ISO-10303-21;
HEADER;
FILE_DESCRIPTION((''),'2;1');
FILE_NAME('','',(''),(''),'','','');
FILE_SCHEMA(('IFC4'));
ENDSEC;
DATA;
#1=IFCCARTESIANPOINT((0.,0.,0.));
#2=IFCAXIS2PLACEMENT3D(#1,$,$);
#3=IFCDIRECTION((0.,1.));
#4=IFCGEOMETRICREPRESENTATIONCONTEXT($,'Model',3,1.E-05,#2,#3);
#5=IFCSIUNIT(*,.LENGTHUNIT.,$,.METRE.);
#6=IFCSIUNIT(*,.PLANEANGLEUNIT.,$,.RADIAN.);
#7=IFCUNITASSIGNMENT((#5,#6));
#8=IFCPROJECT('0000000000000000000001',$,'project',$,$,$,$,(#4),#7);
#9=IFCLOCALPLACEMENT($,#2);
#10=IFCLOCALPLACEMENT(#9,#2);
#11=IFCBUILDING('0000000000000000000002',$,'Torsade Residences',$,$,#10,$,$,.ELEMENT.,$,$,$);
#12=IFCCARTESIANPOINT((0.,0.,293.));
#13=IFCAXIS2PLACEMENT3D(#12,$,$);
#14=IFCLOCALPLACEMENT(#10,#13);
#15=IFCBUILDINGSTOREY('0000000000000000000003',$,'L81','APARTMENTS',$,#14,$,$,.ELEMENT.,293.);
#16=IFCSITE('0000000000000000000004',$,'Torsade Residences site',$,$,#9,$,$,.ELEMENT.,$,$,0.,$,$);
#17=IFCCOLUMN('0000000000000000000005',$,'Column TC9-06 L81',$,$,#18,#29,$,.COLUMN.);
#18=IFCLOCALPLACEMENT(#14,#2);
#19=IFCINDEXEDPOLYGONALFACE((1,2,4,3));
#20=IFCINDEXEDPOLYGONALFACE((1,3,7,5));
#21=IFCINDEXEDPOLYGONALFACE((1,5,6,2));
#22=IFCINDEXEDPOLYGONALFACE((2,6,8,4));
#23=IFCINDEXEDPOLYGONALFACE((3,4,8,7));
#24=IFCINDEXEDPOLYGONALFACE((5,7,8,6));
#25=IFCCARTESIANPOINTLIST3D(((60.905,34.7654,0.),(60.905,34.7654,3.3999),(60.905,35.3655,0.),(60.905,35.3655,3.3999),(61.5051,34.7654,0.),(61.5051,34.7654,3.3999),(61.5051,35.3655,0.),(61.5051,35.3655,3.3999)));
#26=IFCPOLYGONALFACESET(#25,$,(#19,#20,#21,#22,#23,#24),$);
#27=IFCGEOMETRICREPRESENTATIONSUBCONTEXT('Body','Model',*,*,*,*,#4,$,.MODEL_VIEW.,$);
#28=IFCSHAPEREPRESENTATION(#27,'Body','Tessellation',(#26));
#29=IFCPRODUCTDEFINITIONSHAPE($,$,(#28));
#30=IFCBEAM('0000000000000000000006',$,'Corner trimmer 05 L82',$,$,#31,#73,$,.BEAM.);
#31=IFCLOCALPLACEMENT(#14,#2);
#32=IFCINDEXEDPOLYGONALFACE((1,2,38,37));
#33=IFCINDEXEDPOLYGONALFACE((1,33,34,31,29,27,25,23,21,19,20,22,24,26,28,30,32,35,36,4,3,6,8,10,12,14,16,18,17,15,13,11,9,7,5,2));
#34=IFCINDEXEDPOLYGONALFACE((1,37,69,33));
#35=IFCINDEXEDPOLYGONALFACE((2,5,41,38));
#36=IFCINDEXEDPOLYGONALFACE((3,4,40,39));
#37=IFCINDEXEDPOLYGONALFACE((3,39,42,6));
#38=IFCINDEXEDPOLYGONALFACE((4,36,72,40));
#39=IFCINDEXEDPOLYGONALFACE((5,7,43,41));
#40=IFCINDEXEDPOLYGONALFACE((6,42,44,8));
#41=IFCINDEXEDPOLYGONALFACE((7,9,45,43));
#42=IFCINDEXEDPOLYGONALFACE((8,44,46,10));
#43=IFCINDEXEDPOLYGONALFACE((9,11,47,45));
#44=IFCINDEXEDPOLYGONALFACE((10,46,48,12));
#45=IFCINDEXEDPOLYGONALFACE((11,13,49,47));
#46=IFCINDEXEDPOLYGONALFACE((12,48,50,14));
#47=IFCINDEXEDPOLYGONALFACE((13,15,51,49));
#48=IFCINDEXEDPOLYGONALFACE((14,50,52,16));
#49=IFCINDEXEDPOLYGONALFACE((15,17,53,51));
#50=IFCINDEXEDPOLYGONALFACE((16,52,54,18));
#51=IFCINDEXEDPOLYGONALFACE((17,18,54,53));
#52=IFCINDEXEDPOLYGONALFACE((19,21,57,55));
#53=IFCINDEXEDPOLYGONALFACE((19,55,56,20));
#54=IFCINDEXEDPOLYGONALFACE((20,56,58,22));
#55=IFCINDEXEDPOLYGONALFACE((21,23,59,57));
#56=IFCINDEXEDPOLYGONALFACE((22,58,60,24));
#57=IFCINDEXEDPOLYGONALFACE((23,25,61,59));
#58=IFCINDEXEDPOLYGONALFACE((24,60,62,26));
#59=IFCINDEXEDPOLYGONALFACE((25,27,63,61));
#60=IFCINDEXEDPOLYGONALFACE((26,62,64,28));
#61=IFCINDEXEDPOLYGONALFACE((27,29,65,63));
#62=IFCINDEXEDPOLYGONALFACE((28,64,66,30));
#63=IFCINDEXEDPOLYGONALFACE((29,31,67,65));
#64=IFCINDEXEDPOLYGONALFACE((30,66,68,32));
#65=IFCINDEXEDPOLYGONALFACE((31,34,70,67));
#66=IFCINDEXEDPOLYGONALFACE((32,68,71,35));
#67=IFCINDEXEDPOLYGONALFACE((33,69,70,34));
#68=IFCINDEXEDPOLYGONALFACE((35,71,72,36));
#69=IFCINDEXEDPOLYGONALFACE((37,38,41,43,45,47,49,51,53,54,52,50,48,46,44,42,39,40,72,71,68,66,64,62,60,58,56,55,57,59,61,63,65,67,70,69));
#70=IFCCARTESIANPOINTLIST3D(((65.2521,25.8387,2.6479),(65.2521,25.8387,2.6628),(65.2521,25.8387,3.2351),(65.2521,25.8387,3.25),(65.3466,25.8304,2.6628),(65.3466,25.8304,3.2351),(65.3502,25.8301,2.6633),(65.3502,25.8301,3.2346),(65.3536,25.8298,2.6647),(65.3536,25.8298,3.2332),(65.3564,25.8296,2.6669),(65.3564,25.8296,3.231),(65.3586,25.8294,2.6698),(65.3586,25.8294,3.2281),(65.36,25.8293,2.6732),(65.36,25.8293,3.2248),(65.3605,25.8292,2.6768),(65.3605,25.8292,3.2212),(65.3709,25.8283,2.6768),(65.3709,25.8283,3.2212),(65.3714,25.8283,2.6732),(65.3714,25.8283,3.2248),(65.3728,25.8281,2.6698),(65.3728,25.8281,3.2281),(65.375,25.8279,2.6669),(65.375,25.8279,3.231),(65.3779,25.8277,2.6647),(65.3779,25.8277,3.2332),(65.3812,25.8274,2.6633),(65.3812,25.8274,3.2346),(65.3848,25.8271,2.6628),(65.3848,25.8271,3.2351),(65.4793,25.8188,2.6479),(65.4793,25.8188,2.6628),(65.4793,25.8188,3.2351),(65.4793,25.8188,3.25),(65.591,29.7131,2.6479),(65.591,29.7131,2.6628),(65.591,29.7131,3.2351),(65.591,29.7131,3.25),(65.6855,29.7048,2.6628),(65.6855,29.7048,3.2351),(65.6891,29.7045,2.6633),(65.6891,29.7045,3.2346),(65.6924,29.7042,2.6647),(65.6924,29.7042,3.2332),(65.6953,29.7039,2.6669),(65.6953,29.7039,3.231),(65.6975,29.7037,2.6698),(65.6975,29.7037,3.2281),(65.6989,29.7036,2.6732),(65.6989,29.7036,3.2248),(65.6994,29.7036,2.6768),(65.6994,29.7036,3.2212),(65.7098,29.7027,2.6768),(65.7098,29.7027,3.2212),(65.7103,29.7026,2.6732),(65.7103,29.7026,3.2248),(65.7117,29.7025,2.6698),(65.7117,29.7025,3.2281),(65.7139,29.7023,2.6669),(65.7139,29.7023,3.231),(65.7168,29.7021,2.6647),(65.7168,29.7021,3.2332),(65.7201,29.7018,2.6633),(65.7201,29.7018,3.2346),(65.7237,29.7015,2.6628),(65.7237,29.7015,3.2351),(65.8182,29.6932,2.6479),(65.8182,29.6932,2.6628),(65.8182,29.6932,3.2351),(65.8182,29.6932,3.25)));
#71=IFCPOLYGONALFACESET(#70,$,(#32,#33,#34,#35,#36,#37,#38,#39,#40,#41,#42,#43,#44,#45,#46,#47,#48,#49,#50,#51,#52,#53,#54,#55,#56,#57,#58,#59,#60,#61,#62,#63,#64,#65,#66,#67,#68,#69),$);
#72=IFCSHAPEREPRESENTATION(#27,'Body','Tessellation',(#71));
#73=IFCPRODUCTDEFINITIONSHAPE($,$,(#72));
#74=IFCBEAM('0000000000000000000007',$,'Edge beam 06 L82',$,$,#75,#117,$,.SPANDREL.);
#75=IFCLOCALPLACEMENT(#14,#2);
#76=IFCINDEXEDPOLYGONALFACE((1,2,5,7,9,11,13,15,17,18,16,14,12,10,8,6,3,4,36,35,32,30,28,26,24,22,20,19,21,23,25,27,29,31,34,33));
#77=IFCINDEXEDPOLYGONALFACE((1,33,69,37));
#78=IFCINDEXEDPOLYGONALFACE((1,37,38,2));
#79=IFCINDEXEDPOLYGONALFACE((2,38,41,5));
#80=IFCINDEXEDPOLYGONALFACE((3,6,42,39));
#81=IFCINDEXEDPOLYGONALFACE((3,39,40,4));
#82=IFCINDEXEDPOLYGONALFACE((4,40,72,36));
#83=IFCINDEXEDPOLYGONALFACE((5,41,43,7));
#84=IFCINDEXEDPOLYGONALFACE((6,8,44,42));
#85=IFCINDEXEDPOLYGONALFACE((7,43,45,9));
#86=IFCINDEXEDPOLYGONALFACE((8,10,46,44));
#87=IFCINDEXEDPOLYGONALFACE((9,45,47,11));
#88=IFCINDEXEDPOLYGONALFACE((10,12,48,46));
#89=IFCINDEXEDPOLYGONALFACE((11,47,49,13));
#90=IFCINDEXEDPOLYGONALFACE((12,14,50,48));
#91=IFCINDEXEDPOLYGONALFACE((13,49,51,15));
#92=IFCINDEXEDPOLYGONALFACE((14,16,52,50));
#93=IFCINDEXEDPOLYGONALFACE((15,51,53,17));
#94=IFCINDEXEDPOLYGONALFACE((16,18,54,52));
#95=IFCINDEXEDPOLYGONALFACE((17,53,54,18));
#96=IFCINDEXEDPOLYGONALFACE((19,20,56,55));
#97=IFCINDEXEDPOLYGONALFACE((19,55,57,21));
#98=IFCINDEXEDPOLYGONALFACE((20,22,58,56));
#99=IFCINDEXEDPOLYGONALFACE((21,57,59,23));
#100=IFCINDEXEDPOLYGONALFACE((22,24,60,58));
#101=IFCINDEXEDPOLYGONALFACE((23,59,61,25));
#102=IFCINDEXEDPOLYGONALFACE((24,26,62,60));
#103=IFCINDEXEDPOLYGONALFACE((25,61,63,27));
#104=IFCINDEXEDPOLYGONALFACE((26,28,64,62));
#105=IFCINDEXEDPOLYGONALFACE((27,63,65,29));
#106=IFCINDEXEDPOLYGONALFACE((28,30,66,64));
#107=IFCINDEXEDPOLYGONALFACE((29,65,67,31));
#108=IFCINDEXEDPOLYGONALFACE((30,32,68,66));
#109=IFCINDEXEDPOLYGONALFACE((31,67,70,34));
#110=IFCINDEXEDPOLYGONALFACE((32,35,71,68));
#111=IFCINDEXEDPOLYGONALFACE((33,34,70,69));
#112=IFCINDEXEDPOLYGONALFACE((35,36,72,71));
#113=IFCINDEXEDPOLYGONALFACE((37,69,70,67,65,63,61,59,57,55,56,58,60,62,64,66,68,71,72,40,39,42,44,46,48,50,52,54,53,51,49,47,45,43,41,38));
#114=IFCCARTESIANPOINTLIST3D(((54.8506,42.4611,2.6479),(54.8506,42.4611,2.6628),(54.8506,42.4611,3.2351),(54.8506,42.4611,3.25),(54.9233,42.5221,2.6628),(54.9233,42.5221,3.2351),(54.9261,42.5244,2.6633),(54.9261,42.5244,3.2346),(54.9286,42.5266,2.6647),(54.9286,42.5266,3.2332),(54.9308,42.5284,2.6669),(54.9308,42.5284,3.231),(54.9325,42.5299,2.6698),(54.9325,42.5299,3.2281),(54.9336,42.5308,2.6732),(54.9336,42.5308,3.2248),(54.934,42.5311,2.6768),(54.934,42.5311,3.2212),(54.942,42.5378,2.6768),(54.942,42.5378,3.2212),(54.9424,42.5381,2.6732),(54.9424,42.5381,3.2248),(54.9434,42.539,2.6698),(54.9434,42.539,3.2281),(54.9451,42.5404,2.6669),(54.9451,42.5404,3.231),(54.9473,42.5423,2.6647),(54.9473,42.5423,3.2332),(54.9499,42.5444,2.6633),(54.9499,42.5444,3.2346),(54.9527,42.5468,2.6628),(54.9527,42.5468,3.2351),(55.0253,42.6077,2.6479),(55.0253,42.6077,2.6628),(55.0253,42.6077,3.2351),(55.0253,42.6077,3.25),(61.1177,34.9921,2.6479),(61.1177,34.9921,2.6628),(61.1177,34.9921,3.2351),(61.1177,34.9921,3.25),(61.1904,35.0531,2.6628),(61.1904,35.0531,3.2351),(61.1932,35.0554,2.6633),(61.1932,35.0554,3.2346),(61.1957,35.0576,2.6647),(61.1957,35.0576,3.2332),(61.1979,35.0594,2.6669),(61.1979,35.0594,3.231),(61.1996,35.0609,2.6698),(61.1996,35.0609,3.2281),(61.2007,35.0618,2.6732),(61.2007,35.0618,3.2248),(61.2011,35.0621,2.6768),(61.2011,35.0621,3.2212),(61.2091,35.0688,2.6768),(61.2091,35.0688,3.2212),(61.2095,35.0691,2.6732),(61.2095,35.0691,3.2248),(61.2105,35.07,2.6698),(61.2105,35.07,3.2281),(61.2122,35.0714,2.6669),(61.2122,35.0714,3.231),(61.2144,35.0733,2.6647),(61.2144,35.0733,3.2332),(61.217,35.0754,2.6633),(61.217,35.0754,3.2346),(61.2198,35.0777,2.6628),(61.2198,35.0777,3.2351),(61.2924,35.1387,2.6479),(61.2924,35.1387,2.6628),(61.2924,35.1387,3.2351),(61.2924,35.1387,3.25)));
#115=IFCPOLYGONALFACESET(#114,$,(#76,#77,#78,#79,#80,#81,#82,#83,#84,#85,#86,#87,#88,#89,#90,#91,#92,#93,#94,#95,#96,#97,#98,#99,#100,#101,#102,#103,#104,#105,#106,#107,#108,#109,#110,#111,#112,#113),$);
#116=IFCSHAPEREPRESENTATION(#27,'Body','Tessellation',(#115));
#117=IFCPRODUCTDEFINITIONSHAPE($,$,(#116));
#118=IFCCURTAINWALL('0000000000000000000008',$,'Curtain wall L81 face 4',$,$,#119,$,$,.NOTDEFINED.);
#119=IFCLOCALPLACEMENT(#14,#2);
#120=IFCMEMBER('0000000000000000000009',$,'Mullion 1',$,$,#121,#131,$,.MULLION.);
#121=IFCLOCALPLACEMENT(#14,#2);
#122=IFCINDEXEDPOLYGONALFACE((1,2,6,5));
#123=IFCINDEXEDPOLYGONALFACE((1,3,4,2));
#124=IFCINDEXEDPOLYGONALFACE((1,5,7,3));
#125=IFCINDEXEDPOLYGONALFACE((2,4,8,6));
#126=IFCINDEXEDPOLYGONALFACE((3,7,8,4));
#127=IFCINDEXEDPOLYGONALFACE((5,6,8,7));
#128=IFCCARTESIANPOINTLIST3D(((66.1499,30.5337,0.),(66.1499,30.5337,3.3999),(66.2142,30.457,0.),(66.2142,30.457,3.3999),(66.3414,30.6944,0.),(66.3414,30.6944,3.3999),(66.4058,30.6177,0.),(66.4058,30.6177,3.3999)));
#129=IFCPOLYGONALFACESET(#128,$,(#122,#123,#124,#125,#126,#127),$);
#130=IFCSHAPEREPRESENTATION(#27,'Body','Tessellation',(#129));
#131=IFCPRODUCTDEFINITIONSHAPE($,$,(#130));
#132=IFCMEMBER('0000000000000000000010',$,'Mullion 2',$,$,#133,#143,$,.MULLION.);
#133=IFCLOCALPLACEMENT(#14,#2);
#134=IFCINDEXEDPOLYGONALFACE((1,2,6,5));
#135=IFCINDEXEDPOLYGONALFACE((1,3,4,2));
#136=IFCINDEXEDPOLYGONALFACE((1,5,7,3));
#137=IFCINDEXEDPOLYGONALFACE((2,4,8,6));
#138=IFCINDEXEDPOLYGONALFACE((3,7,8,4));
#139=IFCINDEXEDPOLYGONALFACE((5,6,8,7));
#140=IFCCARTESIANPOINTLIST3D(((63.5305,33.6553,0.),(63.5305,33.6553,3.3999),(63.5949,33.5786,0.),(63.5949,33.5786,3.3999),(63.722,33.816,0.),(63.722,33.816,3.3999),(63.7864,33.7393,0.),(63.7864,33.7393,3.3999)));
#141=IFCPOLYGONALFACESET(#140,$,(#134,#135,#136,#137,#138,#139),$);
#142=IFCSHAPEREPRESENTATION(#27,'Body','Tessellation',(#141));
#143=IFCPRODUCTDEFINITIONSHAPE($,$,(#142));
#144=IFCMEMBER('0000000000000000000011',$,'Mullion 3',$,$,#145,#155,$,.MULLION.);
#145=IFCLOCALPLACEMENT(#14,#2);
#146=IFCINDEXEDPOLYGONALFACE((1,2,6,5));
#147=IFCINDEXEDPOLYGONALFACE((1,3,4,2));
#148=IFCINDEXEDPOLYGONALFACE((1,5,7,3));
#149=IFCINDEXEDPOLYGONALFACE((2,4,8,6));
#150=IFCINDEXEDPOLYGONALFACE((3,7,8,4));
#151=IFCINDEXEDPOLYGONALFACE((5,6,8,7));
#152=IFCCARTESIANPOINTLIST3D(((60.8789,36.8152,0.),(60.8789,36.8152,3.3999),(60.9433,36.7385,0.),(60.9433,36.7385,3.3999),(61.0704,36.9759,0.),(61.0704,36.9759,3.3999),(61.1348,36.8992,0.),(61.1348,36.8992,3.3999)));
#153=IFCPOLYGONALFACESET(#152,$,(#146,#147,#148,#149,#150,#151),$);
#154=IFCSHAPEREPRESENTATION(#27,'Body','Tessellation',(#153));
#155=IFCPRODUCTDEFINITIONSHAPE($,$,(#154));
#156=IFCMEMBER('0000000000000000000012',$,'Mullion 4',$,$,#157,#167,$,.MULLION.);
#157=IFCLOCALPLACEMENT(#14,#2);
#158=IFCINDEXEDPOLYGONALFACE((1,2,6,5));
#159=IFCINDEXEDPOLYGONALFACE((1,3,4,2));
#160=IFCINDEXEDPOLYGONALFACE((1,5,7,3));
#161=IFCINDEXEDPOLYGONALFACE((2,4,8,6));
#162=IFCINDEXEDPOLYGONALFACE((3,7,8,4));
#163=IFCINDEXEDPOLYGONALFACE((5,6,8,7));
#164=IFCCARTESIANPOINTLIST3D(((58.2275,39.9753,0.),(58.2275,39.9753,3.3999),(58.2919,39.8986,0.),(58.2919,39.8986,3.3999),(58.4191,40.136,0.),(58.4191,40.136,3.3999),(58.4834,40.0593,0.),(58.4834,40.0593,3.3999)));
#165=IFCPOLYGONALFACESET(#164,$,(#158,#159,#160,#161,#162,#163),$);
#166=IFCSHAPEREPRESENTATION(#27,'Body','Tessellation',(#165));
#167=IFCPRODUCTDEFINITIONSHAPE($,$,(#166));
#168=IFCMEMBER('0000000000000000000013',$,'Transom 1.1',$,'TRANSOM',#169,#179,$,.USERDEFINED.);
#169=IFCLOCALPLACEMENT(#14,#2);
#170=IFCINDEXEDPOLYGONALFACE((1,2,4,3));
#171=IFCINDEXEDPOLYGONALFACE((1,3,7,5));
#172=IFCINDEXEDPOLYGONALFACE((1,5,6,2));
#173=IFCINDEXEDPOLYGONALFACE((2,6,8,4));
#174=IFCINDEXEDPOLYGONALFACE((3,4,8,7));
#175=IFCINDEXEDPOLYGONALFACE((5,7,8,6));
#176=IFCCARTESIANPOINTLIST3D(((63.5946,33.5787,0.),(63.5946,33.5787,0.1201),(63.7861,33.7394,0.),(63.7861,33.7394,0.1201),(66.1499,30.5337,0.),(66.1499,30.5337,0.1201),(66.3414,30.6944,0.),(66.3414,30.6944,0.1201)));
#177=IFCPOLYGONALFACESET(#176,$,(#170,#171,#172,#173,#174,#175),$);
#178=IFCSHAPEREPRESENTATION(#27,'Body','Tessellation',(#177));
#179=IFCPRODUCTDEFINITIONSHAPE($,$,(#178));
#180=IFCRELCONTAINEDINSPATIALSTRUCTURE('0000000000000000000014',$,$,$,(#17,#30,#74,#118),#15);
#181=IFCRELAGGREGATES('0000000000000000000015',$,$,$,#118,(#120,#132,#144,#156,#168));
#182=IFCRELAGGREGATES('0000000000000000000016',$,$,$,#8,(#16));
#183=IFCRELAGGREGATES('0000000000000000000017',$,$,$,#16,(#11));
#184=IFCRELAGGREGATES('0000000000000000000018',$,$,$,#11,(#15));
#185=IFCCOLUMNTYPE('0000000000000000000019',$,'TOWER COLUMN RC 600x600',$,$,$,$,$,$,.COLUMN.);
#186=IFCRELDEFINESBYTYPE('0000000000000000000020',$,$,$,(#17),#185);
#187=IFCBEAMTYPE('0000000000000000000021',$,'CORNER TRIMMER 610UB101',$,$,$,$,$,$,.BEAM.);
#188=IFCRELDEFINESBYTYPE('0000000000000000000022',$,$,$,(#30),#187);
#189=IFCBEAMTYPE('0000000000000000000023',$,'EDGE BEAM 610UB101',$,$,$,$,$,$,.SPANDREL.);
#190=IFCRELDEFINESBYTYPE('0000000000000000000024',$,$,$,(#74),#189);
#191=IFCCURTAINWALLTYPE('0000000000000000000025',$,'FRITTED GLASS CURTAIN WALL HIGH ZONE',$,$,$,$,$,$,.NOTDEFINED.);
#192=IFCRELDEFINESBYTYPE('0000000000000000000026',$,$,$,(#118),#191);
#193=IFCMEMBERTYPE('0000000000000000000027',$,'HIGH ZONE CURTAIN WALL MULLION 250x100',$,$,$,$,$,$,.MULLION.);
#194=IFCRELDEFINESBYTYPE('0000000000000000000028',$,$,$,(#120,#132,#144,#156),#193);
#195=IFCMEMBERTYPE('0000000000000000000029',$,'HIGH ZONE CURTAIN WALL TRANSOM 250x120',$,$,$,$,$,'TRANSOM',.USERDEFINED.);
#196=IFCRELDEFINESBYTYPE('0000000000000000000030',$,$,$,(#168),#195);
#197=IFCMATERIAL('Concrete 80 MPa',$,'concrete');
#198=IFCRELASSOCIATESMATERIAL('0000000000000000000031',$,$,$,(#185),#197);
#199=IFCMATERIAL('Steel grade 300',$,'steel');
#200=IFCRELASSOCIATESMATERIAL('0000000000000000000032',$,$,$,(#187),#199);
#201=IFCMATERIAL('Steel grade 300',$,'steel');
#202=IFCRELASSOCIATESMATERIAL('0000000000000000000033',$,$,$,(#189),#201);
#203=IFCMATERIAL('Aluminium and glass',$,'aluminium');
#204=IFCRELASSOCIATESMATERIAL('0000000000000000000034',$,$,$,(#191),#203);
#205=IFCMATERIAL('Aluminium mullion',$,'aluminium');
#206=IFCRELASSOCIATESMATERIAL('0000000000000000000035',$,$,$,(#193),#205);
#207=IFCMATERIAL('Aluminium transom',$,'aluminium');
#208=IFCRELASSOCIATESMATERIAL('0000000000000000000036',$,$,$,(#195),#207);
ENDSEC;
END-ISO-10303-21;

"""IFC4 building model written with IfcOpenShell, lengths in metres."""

from ifc_helpers import new_model, si_unit, direction, frame, origin, origin_2d, place, context, subcontext, project, spatial, rectangle, i_section, extrude, material, material_profile, profile_set, type_object, element, aggregate, save


model = new_model("IFC4")

# Units and contexts
model_context = context("Model", 3, precision=1e-05, world=origin(), true_north=direction((0.0, 1.0)))
body_context = subcontext(model_context, "Body", "Model", "MODEL_VIEW")
ifc_project = project(units=[si_unit("LENGTHUNIT", "METRE"), si_unit("PLANEANGLEUNIT", "RADIAN")], contexts=[model_context])

# Site, building, storey
site_placement = place(None, origin())
site = spatial("IfcSite", under=ifc_project, at=site_placement, Name="Torsade Residences site", CompositionType="ELEMENT", RefElevation=0.0)
building_placement = place(site_placement, origin())
building = spatial("IfcBuilding", under=site, at=building_placement, Name="Torsade Residences", CompositionType="ELEMENT")
storey_placement = place(building_placement, frame((0.0, 0.0, 293.0)))
storey = spatial("IfcBuildingStorey", under=building, at=storey_placement, Name="L81", Description="APARTMENTS", CompositionType="ELEMENT", Elevation=293.0)

# Column
ifc_material_1 = material(Name="Concrete 80 MPa", Category="concrete")
ifc_material_profile_1 = material_profile(ifc_material_1, rectangle(XDim=0.6001, YDim=0.6001, at=origin_2d()), Name="RC 600x600")
ifc_profile_set_1 = profile_set([ifc_material_profile_1], Name="Concrete 80 MPa")
column_type = type_object("IfcColumnType", Name="TOWER COLUMN RC 600x600", PredefinedType="COLUMN", material=ifc_profile_set_1)
column_placement = place(storey_placement, frame((61.2051, 35.0654, 0.0), z_axis=(0.0, 0.0, 1.0), x_axis=(1.0, 0.0, 0.0)))
element("IfcColumn", 1, at=column_placement, inside=storey, type_object=column_type, Name="Column TC9-06 L81", PredefinedType="COLUMN", context=body_context, shape_type="SweptSolid", body=[
    extrude(rectangle(XDim=0.6001, YDim=0.6001, at=origin_2d()), origin(), (0.0, 0.0, 1.0), 3.3999),
])

# Beams
ifc_material_2 = material(Name="Steel grade 300", Category="steel")
ifc_material_profile_2 = material_profile(ifc_material_2, i_section(OverallWidth=0.228, OverallDepth=0.6021, WebThickness=0.0105, FlangeThickness=0.0149, FilletRadius=0.0139, at=origin_2d()), Name="610UB101")
ifc_profile_set_2 = profile_set([ifc_material_profile_2], Name="Steel grade 300")
beam_type_1 = type_object("IfcBeamType", Name="CORNER TRIMMER 610UB101", PredefinedType="BEAM", material=ifc_profile_set_2)
beam_1_placement = place(storey_placement, frame((65.7046, 29.7031, 2.949), z_axis=(-0.087133, -0.996197, 0.0), x_axis=(0.996197, -0.087133, 0.0)))
element("IfcBeam", 2, at=beam_1_placement, inside=storey, type_object=beam_type_1, Name="Corner trimmer 05 L82", PredefinedType="BEAM", context=body_context, shape_type="SweptSolid", body=[
    extrude(i_section(OverallWidth=0.228, OverallDepth=0.6021, WebThickness=0.0105, FlangeThickness=0.0149, FilletRadius=0.0139, at=origin_2d()), origin(), (0.0, 0.0, 1.0), 3.8892),
])
ifc_material_3 = material(Name="Steel grade 300", Category="steel")
ifc_material_profile_3 = material_profile(ifc_material_3, i_section(OverallWidth=0.228, OverallDepth=0.6021, WebThickness=0.0105, FlangeThickness=0.0149, FilletRadius=0.0139, at=origin_2d()), Name="610UB101")
ifc_profile_set_3 = profile_set([ifc_material_profile_3], Name="Steel grade 300")
beam_type_2 = type_object("IfcBeamType", Name="EDGE BEAM 610UB101", PredefinedType="SPANDREL", material=ifc_profile_set_3)
beam_2_placement = place(storey_placement, frame((61.2051, 35.0654, 2.949), z_axis=(-0.642779, 0.766052, 0.0), x_axis=(-0.766052, -0.642779, 0.0)))
element("IfcBeam", 3, at=beam_2_placement, inside=storey, type_object=beam_type_2, Name="Edge beam 06 L82", PredefinedType="SPANDREL", context=body_context, shape_type="SweptSolid", body=[
    extrude(i_section(OverallWidth=0.228, OverallDepth=0.6021, WebThickness=0.0105, FlangeThickness=0.0149, FilletRadius=0.0139, at=origin_2d()), origin(), (0.0, 0.0, 1.0), 9.75),
])

# Curtain wall, members
ifc_material_4 = material(Name="Aluminium and glass", Category="aluminium")
curtain_wall_type = type_object("IfcCurtainWallType", Name="FRITTED GLASS CURTAIN WALL HIGH ZONE", PredefinedType="NOTDEFINED", material=ifc_material_4)
curtain_wall_placement = place(storey_placement, origin())
curtain_wall = element("IfcCurtainWall", 4, at=curtain_wall_placement, inside=storey, type_object=curtain_wall_type, Name="Curtain wall L81 face 4", PredefinedType="NOTDEFINED")
ifc_material_5 = material(Name="Aluminium mullion", Category="aluminium")
ifc_material_profile_4 = material_profile(ifc_material_5, rectangle(XDim=0.25, YDim=0.1001, at=origin_2d()), Name="HIGH ZONE CURTAIN WALL MULLION 250x100")
ifc_profile_set_4 = profile_set([ifc_material_profile_4], Name="Aluminium mullion")
member_type_1 = type_object("IfcMemberType", Name="HIGH ZONE CURTAIN WALL MULLION 250x100", PredefinedType="MULLION", material=ifc_profile_set_4)
member_1_placement = place(storey_placement, frame((66.2778, 30.5757, 0.0), z_axis=(0.0, 0.0, 1.0), x_axis=(-0.766044, -0.642788, 0.0)))
member_1 = element("IfcMember", 5, at=member_1_placement, type_object=member_type_1, Name="Mullion 1", PredefinedType="MULLION", context=body_context, shape_type="SweptSolid", body=[
    extrude(rectangle(XDim=0.25, YDim=0.1001, at=origin_2d()), origin(), (0.0, 0.0, 1.0), 3.3999),
])
member_2_placement = place(storey_placement, frame((63.6584, 33.6973, 0.0), z_axis=(0.0, 0.0, 1.0), x_axis=(-0.766044, -0.642788, 0.0)))
member_2 = element("IfcMember", 6, at=member_2_placement, type_object=member_type_1, Name="Mullion 2", PredefinedType="MULLION", context=body_context, shape_type="SweptSolid", body=[
    extrude(rectangle(XDim=0.25, YDim=0.1001, at=origin_2d()), origin(), (0.0, 0.0, 1.0), 3.3999),
])
member_3_placement = place(storey_placement, frame((61.0068, 36.8572, 0.0), z_axis=(0.0, 0.0, 1.0), x_axis=(-0.766044, -0.642788, 0.0)))
member_3 = element("IfcMember", 7, at=member_3_placement, type_object=member_type_1, Name="Mullion 3", PredefinedType="MULLION", context=body_context, shape_type="SweptSolid", body=[
    extrude(rectangle(XDim=0.25, YDim=0.1001, at=origin_2d()), origin(), (0.0, 0.0, 1.0), 3.3999),
])
member_4_placement = place(storey_placement, frame((58.3555, 40.0173, 0.0), z_axis=(0.0, 0.0, 1.0), x_axis=(-0.766044, -0.642788, 0.0)))
member_4 = element("IfcMember", 8, at=member_4_placement, type_object=member_type_1, Name="Mullion 4", PredefinedType="MULLION", context=body_context, shape_type="SweptSolid", body=[
    extrude(rectangle(XDim=0.25, YDim=0.1001, at=origin_2d()), origin(), (0.0, 0.0, 1.0), 3.3999),
])
ifc_material_6 = material(Name="Aluminium transom", Category="aluminium")
ifc_material_profile_5 = material_profile(ifc_material_6, rectangle(XDim=0.25, YDim=0.1201, at=origin_2d()), Name="HIGH ZONE CURTAIN WALL TRANSOM 250x120")
ifc_profile_set_5 = profile_set([ifc_material_profile_5], Name="Aluminium transom")
member_type_2 = type_object("IfcMemberType", Name="HIGH ZONE CURTAIN WALL TRANSOM 250x120", ElementType="TRANSOM", PredefinedType="USERDEFINED", material=ifc_profile_set_5)
member_5_placement = place(storey_placement, frame((66.2456, 30.614, 0.0601), z_axis=(-0.642815, 0.766022, 0.0), x_axis=(-0.766022, -0.642815, 0.0)))
member_5 = element("IfcMember", 9, at=member_5_placement, type_object=member_type_2, Name="Transom 1.1", ObjectType="TRANSOM", PredefinedType="USERDEFINED", context=body_context, shape_type="SweptSolid", body=[
    extrude(rectangle(XDim=0.25, YDim=0.1201, at=origin_2d()), origin(), (0.0, 0.0, 1.0), 3.9751),
])

aggregate(curtain_wall, [member_1, member_2, member_3, member_4, member_5])

save(model, "model.ifc")
